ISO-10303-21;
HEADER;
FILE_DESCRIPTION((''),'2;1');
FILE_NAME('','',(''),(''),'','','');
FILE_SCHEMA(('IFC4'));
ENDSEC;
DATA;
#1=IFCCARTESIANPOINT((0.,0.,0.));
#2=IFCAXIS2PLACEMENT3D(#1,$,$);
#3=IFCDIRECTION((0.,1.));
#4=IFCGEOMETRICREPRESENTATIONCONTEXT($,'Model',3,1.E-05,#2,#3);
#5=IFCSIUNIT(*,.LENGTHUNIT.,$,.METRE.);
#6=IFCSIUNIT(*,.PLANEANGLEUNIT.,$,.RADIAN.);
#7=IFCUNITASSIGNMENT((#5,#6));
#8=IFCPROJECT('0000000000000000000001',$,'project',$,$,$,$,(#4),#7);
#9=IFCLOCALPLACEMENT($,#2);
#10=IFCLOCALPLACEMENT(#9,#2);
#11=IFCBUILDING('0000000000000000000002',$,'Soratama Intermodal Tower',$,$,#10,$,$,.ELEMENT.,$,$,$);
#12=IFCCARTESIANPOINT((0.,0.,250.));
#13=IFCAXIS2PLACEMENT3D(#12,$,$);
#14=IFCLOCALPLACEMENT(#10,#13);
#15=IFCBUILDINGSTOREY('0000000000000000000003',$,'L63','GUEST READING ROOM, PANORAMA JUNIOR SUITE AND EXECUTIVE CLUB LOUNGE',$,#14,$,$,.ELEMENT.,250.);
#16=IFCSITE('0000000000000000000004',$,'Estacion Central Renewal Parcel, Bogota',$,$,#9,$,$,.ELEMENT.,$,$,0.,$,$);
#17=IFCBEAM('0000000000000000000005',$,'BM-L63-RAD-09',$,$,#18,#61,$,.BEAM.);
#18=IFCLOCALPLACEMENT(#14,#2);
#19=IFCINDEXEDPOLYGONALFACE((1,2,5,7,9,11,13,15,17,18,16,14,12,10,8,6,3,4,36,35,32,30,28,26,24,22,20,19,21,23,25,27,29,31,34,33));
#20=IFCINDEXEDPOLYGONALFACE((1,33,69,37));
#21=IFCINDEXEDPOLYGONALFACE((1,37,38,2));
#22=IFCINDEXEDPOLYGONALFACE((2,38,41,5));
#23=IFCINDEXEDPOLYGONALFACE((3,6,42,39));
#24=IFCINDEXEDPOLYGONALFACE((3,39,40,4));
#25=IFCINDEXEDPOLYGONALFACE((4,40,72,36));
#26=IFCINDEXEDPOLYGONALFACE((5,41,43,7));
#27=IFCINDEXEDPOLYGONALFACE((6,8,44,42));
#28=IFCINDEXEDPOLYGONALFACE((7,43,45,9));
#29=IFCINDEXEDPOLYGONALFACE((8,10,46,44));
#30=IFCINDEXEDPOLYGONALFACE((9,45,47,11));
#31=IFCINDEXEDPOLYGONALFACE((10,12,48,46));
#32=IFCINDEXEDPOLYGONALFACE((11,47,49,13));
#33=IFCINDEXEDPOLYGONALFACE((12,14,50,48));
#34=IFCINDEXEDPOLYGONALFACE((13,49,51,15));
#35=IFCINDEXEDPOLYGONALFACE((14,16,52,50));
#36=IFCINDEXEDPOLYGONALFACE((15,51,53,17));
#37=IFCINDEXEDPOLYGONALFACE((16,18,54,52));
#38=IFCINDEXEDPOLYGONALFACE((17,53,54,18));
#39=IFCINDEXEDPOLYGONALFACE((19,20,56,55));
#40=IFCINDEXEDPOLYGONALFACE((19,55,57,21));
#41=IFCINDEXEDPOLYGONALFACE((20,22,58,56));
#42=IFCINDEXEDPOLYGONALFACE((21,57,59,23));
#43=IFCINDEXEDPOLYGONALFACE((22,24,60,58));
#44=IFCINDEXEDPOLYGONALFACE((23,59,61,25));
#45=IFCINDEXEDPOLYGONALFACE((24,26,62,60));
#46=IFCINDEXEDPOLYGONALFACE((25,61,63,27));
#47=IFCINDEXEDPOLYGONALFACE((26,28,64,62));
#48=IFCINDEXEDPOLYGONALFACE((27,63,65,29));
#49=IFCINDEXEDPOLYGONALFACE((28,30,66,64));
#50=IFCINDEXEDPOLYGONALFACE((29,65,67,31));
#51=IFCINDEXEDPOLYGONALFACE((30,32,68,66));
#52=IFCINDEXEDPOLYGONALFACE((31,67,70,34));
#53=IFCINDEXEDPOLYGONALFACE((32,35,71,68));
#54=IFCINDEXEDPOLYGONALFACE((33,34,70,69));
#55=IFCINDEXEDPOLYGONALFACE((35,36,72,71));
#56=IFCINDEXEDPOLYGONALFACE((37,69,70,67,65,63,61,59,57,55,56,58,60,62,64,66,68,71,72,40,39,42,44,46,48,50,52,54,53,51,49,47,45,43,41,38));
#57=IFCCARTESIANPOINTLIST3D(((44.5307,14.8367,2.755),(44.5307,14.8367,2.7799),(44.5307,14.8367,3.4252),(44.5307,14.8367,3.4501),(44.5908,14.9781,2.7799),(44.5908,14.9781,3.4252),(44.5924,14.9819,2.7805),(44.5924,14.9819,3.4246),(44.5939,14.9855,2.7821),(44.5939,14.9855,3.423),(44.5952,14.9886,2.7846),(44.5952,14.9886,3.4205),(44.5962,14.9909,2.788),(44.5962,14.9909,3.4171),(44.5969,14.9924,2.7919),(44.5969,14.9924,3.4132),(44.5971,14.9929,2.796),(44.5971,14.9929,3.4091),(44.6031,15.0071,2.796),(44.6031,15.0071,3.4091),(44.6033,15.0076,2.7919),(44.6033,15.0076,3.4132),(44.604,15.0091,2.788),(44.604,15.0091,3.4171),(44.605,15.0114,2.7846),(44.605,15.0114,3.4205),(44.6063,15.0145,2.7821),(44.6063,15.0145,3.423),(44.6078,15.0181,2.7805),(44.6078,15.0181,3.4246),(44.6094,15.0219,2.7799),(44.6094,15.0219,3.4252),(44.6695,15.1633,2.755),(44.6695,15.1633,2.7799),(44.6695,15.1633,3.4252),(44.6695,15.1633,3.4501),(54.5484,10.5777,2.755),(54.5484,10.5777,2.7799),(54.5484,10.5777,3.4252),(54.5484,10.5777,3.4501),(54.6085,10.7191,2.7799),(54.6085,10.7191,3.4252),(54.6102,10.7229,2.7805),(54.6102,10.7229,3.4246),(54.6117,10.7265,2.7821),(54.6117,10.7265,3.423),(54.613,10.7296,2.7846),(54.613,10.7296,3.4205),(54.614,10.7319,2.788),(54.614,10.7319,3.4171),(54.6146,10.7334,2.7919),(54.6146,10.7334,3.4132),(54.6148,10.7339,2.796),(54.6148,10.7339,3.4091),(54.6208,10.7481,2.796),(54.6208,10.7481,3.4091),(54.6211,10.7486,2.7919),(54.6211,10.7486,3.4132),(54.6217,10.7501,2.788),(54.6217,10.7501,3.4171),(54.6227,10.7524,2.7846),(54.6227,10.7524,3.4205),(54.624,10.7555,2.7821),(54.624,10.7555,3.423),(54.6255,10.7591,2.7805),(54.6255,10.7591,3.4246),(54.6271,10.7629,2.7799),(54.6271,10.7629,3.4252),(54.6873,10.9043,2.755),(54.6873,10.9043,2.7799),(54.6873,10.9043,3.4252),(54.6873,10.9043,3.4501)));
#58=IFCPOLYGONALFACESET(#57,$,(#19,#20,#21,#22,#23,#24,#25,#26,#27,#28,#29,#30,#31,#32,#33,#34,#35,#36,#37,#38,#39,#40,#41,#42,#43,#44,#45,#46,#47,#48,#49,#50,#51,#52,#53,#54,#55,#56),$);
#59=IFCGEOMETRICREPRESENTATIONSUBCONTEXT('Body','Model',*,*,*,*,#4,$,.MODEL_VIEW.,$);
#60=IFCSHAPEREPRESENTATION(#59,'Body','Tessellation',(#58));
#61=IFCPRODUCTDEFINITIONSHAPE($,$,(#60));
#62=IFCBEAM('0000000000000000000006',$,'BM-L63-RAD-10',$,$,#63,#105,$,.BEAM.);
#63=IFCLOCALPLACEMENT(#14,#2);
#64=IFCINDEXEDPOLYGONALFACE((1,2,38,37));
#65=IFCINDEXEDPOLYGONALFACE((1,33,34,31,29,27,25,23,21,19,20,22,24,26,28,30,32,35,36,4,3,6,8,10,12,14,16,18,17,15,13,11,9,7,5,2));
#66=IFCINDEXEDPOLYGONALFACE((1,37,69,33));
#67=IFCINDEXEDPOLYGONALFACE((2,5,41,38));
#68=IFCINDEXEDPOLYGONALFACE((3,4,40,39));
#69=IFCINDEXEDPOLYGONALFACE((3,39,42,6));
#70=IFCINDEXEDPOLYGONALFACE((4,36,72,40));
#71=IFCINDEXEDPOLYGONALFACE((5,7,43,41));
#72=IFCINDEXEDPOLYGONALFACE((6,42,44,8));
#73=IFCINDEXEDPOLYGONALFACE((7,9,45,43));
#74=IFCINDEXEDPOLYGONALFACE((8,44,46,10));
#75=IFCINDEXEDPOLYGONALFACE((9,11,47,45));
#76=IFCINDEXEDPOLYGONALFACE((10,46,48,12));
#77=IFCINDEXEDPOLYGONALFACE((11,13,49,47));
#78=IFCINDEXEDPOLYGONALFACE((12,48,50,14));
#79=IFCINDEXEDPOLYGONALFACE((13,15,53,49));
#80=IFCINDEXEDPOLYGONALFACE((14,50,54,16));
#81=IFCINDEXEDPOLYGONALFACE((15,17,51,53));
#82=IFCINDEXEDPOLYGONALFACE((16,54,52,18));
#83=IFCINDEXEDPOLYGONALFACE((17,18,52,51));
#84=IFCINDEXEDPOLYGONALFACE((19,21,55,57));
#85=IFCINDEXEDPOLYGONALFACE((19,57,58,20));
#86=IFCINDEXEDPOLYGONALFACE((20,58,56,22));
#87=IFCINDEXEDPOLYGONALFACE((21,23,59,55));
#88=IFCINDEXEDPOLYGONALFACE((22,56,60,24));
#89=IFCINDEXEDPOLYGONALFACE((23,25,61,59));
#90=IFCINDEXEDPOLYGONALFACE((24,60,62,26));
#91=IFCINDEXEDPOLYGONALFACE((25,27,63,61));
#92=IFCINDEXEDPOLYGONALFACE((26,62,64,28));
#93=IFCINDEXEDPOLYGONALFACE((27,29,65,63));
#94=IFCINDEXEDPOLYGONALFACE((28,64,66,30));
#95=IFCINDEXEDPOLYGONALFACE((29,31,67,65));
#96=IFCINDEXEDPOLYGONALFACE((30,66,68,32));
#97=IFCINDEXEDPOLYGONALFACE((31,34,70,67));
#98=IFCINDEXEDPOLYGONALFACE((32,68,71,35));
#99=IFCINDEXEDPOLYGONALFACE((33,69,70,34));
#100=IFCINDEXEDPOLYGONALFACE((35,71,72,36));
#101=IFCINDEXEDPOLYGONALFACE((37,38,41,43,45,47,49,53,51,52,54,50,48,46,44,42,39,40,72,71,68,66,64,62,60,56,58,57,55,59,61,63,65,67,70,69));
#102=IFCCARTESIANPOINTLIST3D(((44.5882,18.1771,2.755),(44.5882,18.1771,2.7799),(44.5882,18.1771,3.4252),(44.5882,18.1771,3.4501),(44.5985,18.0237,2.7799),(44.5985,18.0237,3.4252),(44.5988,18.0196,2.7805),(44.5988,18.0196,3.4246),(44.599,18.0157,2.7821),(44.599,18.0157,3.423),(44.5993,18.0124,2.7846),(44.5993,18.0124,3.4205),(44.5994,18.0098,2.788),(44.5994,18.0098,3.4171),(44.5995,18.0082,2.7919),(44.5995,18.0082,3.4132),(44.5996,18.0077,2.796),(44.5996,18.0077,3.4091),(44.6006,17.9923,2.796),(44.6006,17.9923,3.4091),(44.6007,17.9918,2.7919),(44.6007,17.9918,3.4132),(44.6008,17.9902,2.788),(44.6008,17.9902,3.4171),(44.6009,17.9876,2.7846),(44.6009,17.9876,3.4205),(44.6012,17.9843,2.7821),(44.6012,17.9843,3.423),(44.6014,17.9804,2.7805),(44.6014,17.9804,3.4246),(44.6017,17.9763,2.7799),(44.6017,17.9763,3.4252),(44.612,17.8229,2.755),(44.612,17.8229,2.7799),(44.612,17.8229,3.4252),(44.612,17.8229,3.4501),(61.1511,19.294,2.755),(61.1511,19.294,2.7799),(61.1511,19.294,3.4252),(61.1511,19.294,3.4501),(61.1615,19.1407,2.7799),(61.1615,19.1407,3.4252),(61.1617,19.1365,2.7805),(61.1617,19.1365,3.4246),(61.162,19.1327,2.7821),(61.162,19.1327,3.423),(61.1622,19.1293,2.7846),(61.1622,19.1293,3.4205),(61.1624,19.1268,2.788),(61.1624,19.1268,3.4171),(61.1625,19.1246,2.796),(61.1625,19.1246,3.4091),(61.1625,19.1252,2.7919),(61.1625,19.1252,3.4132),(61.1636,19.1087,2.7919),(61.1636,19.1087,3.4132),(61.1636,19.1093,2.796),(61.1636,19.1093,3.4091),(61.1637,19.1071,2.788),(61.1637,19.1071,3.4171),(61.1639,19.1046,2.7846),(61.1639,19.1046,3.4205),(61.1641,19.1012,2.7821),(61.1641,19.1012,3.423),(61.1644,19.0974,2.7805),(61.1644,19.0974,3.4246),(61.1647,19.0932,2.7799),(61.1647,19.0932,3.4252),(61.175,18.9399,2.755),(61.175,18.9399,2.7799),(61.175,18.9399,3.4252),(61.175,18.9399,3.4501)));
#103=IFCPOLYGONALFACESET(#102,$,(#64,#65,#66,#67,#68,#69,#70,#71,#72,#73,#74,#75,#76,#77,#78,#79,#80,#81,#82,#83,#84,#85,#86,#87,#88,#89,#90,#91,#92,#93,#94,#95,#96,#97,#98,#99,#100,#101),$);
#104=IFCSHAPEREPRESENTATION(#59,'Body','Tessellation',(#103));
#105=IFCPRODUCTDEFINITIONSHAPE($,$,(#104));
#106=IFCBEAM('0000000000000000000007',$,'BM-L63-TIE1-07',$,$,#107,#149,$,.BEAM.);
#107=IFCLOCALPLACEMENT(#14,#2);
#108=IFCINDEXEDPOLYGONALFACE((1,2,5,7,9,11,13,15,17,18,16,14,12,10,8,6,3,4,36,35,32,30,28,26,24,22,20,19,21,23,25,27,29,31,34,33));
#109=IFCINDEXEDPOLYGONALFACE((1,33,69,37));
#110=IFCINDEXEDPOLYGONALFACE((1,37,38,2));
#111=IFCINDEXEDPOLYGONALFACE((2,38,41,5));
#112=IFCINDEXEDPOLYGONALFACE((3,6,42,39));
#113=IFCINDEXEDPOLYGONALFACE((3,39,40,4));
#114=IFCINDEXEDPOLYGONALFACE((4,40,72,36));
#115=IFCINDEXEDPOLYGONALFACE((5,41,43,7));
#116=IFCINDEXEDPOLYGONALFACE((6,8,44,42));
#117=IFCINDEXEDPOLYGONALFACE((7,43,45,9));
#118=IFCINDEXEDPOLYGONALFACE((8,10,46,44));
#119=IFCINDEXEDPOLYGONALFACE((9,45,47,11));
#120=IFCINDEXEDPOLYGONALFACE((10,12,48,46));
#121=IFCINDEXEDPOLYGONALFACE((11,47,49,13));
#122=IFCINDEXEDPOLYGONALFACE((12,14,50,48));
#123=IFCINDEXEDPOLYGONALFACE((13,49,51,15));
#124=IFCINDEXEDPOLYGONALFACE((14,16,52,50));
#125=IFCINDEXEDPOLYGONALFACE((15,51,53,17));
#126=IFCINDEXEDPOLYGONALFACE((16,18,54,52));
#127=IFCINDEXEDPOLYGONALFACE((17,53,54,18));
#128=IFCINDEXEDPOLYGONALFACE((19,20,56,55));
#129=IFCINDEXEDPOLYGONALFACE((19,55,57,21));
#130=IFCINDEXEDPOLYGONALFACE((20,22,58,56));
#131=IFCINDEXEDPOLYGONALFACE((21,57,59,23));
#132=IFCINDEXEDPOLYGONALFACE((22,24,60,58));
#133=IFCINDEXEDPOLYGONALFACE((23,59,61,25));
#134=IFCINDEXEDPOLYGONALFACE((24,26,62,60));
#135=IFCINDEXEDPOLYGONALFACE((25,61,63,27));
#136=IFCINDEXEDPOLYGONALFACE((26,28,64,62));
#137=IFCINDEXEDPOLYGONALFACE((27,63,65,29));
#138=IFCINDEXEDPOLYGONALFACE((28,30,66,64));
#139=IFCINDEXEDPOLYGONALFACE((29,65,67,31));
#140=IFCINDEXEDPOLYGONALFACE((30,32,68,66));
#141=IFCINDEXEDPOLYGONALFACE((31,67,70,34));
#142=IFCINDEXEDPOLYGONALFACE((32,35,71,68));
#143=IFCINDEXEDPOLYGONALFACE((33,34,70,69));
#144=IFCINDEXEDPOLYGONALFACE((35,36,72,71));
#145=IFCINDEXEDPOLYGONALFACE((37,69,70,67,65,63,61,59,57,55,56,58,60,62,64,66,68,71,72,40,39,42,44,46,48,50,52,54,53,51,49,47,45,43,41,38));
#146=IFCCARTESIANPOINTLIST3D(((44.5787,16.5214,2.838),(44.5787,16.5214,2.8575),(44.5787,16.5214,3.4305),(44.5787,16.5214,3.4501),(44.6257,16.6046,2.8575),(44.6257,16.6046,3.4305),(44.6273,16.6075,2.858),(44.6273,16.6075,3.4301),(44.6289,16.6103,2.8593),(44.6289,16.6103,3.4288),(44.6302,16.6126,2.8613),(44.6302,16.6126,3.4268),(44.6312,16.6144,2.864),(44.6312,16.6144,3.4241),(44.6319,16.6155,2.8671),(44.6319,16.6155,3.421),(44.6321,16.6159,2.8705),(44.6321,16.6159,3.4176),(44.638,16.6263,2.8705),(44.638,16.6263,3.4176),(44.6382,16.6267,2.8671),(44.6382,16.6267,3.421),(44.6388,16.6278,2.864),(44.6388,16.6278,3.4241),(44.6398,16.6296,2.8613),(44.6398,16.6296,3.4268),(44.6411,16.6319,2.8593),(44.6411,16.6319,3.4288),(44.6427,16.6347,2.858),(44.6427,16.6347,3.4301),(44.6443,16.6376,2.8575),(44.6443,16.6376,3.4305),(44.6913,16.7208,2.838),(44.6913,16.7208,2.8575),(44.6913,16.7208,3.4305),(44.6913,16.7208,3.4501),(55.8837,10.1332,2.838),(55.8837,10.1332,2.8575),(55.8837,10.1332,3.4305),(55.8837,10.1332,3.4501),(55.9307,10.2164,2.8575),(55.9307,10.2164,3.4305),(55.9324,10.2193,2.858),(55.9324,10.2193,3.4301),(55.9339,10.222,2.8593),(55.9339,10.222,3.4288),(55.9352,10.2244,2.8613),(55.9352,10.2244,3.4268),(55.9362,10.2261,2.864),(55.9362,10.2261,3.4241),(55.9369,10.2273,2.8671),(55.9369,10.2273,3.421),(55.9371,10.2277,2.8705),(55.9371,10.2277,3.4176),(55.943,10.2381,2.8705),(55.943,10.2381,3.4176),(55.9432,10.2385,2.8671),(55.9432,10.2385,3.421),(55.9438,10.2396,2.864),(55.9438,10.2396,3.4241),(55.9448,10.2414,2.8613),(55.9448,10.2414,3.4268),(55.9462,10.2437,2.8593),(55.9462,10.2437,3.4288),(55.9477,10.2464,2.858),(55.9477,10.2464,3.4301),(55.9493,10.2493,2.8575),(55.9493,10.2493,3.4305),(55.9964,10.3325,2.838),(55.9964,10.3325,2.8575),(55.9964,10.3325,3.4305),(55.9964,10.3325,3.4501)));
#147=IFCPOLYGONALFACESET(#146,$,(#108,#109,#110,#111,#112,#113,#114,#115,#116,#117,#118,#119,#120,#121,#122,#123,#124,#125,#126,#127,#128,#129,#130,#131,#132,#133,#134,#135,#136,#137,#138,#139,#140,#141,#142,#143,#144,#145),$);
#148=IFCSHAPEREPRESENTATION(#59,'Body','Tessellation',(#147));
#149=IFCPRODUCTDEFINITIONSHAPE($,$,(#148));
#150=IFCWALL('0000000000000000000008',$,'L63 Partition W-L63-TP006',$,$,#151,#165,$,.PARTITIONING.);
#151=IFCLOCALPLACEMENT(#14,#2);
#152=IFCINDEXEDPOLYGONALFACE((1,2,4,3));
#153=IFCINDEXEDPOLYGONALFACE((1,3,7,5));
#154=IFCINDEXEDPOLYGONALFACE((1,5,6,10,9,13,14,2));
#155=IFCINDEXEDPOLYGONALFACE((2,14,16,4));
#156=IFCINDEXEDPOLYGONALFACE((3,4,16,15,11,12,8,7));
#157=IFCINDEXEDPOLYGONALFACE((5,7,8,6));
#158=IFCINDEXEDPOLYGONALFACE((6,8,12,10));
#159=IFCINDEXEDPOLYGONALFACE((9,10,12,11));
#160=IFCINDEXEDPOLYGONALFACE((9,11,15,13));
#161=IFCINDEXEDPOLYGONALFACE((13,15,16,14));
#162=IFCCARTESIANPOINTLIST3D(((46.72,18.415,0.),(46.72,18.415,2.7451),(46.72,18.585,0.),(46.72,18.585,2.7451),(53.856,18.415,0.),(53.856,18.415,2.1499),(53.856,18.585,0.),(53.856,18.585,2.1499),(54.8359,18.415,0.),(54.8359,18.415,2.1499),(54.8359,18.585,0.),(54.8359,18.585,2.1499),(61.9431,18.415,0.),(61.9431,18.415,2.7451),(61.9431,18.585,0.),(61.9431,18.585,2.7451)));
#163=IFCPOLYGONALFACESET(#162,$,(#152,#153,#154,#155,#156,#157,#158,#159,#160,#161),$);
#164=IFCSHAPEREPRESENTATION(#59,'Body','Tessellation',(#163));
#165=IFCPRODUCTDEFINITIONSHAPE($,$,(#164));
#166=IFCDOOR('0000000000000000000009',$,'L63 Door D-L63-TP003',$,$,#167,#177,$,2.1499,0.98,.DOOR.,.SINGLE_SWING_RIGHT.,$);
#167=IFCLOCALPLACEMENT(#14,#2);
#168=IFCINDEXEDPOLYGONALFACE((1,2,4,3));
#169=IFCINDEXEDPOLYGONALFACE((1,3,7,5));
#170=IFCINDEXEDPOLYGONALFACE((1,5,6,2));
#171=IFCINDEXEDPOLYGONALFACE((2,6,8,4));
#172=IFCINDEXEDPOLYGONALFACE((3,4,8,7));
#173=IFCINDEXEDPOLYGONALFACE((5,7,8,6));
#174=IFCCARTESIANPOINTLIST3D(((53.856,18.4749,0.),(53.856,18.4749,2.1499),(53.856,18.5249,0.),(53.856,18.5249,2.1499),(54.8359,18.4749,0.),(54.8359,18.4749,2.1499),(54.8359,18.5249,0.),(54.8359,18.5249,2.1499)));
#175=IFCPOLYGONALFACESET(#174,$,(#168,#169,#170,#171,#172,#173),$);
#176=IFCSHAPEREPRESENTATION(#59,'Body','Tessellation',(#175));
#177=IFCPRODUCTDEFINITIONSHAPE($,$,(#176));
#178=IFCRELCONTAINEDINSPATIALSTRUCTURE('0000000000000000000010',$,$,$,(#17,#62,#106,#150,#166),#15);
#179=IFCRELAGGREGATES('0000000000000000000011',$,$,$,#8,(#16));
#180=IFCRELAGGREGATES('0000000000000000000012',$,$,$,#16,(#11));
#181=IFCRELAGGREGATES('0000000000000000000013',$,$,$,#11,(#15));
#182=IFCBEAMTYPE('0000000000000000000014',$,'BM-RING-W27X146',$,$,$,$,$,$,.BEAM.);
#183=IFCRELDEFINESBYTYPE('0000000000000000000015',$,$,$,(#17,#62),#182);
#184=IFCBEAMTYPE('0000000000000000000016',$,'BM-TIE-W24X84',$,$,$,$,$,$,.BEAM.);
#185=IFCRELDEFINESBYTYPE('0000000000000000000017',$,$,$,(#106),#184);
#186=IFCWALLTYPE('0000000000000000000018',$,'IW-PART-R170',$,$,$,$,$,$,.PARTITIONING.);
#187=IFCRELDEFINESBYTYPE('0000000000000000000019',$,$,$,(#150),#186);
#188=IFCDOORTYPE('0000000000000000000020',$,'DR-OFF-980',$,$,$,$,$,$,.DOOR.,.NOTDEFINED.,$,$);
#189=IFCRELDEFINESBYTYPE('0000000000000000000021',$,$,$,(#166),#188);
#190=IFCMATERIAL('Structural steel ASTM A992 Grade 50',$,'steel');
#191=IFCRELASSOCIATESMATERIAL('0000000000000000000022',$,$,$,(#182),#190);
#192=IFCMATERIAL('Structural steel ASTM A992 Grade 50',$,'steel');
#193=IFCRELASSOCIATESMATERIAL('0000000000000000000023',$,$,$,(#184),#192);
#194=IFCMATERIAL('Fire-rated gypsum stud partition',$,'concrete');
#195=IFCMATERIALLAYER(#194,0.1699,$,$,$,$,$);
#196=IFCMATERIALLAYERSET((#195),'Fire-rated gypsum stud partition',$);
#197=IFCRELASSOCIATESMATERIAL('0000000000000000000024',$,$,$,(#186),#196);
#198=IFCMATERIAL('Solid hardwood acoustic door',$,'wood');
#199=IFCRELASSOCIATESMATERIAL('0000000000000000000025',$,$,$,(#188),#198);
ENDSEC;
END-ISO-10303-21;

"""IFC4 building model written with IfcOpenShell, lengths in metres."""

from ifc_helpers import new_model, si_unit, direction, frame, frame_2d, origin, origin_2d, place, context, subcontext, project, spatial, rectangle, i_section, extrude, material, layer, layer_set, material_profile, profile_set, type_object, element, fill, save


model = new_model("IFC4")

# Units and contexts
model_context = context("Model", 3, precision=1e-05, world=origin(), true_north=direction((0.0, 1.0)))
body_context = subcontext(model_context, "Body", "Model", "MODEL_VIEW")
ifc_project = project(units=[si_unit("LENGTHUNIT", "METRE"), si_unit("PLANEANGLEUNIT", "RADIAN")], contexts=[model_context])

# Site, building, storey
site_placement = place(None, origin())
site = spatial("IfcSite", under=ifc_project, at=site_placement, Name="Estacion Central Renewal Parcel, Bogota", CompositionType="ELEMENT", RefElevation=0.0)
building_placement = place(site_placement, origin())
building = spatial("IfcBuilding", under=site, at=building_placement, Name="Soratama Intermodal Tower", CompositionType="ELEMENT")
storey_placement = place(building_placement, frame((0.0, 0.0, 250.0)))
storey = spatial("IfcBuildingStorey", under=building, at=storey_placement, Name="L63", Description="GUEST READING ROOM, PANORAMA JUNIOR SUITE AND EXECUTIVE CLUB LOUNGE", CompositionType="ELEMENT", Elevation=250.0)

# Beams
ifc_material_1 = material(Name="Structural steel ASTM A992 Grade 50", Category="steel")
ifc_material_profile_1 = material_profile(ifc_material_1, i_section(OverallWidth=0.355, OverallDepth=0.6951, WebThickness=0.0154, FlangeThickness=0.0249, FilletRadius=0.0161, at=origin_2d()), Name="W27X146")
ifc_profile_set_1 = profile_set([ifc_material_profile_1], Name="Structural steel ASTM A992 Grade 50")
beam_type_1 = type_object("IfcBeamType", Name="BM-RING-W27X146", PredefinedType="BEAM", material=ifc_profile_set_1)
beam_1_placement = place(storey_placement, frame((44.6001, 15.0, 3.1025), z_axis=(0.920283, -0.391254, 0.0), x_axis=(0.391254, 0.920283, 0.0)))
element("IfcBeam", 1, at=beam_1_placement, inside=storey, type_object=beam_type_1, Name="BM-L63-RAD-09", PredefinedType="BEAM", context=body_context, shape_type="SweptSolid", body=[
    extrude(i_section(OverallWidth=0.355, OverallDepth=0.6951, WebThickness=0.0154, FlangeThickness=0.0249, FilletRadius=0.0161, at=origin_2d()), origin(), (0.0, 0.0, 1.0), 10.8855),
])
beam_2_placement = place(storey_placement, frame((44.6001, 18.0, 3.1025), z_axis=(0.997734, 0.067283, 0.0), x_axis=(-0.067283, 0.997734, 0.0)))
element("IfcBeam", 2, at=beam_2_placement, inside=storey, type_object=beam_type_1, Name="BM-L63-RAD-10", PredefinedType="BEAM", context=body_context, shape_type="SweptSolid", body=[
    extrude(i_section(OverallWidth=0.355, OverallDepth=0.6951, WebThickness=0.0154, FlangeThickness=0.0249, FilletRadius=0.0161, at=origin_2d()), origin(), (0.0, 0.0, 1.0), 16.6006),
])
ifc_material_2 = material(Name="Structural steel ASTM A992 Grade 50", Category="steel")
ifc_material_profile_2 = material_profile(ifc_material_2, i_section(OverallWidth=0.229, OverallDepth=0.6121, WebThickness=0.012, FlangeThickness=0.0195, FilletRadius=0.0129, at=origin_2d()), Name="W24X84")
ifc_profile_set_2 = profile_set([ifc_material_profile_2], Name="Structural steel ASTM A992 Grade 50")
beam_type_2 = type_object("IfcBeamType", Name="BM-TIE-W24X84", PredefinedType="BEAM", material=ifc_profile_set_2)
beam_3_placement = place(storey_placement, frame((44.635, 16.6211, 3.144), z_axis=(0.870614, -0.491966, 0.0), x_axis=(0.491966, 0.870614, 0.0)))
element("IfcBeam", 3, at=beam_3_placement, inside=storey, type_object=beam_type_2, Name="BM-L63-TIE1-07", PredefinedType="BEAM", context=body_context, shape_type="SweptSolid", body=[
    extrude(i_section(OverallWidth=0.229, OverallDepth=0.6121, WebThickness=0.012, FlangeThickness=0.0195, FilletRadius=0.0129, at=origin_2d()), origin(), (0.0, 0.0, 1.0), 12.9851),
])

# Wall, opening, door
ifc_material_3 = material(Name="Fire-rated gypsum stud partition", Category="concrete")
ifc_layer_1 = layer(ifc_material_3, 0.1699)
ifc_layer_set_1 = layer_set([ifc_layer_1], Name="Fire-rated gypsum stud partition")
wall_type_1 = type_object("IfcWallType", Name="IW-PART-R170", PredefinedType="PARTITIONING", material=ifc_layer_set_1)
wall_1_placement = place(storey_placement, frame((46.72, 18.5, 0.0), z_axis=(0.0, 0.0, 1.0), x_axis=(1.0, 0.0, 0.0)))
wall_1 = element("IfcWall", 4, at=wall_1_placement, inside=storey, type_object=wall_type_1, Name="L63 Partition W-L63-TP006", PredefinedType="PARTITIONING", context=body_context, shape_type="SweptSolid", body=[
    extrude(rectangle(XDim=15.2231, YDim=0.1699, at=frame_2d((7.6116, 0.0))), origin(), (0.0, 0.0, 1.0), 2.7451),
])
opening_1_placement = place(wall_1_placement, frame((7.136, 0.0, 0.0)))
opening_1 = element("IfcOpeningElement", 5, at=opening_1_placement, cuts=wall_1, PredefinedType="OPENING", context=body_context, shape_type="SweptSolid", body=[
    extrude(rectangle(XDim=0.98, YDim=2.1499, at=frame_2d((0.49, 1.075))), frame((0.0, 0.095, 0.0), z_axis=(0.0, -1.0, 0.0), x_axis=(1.0, 0.0, 0.0)), (0.0, 0.0, 1.0), 0.1899),
])
ifc_material_4 = material(Name="Solid hardwood acoustic door", Category="wood")
door_type_1 = type_object("IfcDoorType", Name="DR-OFF-980", OperationType="NOTDEFINED", PredefinedType="DOOR", material=ifc_material_4)
door_1_placement = place(opening_1_placement, origin())
door_1 = element("IfcDoor", 6, at=door_1_placement, inside=storey, type_object=door_type_1, Name="L63 Door D-L63-TP003", OperationType="SINGLE_SWING_RIGHT", OverallHeight=2.1499, OverallWidth=0.98, PredefinedType="DOOR", context=body_context, shape_type="SweptSolid", body=[
    extrude(rectangle(XDim=0.98, YDim=2.1499, at=frame_2d((0.49, 1.075))), frame((0.0, 0.0249, 0.0), z_axis=(0.0, -1.0, 0.0), x_axis=(1.0, 0.0, 0.0)), (0.0, 0.0, 1.0), 0.05),
])
fill(opening_1, door_1)

save(model, "model.ifc")
